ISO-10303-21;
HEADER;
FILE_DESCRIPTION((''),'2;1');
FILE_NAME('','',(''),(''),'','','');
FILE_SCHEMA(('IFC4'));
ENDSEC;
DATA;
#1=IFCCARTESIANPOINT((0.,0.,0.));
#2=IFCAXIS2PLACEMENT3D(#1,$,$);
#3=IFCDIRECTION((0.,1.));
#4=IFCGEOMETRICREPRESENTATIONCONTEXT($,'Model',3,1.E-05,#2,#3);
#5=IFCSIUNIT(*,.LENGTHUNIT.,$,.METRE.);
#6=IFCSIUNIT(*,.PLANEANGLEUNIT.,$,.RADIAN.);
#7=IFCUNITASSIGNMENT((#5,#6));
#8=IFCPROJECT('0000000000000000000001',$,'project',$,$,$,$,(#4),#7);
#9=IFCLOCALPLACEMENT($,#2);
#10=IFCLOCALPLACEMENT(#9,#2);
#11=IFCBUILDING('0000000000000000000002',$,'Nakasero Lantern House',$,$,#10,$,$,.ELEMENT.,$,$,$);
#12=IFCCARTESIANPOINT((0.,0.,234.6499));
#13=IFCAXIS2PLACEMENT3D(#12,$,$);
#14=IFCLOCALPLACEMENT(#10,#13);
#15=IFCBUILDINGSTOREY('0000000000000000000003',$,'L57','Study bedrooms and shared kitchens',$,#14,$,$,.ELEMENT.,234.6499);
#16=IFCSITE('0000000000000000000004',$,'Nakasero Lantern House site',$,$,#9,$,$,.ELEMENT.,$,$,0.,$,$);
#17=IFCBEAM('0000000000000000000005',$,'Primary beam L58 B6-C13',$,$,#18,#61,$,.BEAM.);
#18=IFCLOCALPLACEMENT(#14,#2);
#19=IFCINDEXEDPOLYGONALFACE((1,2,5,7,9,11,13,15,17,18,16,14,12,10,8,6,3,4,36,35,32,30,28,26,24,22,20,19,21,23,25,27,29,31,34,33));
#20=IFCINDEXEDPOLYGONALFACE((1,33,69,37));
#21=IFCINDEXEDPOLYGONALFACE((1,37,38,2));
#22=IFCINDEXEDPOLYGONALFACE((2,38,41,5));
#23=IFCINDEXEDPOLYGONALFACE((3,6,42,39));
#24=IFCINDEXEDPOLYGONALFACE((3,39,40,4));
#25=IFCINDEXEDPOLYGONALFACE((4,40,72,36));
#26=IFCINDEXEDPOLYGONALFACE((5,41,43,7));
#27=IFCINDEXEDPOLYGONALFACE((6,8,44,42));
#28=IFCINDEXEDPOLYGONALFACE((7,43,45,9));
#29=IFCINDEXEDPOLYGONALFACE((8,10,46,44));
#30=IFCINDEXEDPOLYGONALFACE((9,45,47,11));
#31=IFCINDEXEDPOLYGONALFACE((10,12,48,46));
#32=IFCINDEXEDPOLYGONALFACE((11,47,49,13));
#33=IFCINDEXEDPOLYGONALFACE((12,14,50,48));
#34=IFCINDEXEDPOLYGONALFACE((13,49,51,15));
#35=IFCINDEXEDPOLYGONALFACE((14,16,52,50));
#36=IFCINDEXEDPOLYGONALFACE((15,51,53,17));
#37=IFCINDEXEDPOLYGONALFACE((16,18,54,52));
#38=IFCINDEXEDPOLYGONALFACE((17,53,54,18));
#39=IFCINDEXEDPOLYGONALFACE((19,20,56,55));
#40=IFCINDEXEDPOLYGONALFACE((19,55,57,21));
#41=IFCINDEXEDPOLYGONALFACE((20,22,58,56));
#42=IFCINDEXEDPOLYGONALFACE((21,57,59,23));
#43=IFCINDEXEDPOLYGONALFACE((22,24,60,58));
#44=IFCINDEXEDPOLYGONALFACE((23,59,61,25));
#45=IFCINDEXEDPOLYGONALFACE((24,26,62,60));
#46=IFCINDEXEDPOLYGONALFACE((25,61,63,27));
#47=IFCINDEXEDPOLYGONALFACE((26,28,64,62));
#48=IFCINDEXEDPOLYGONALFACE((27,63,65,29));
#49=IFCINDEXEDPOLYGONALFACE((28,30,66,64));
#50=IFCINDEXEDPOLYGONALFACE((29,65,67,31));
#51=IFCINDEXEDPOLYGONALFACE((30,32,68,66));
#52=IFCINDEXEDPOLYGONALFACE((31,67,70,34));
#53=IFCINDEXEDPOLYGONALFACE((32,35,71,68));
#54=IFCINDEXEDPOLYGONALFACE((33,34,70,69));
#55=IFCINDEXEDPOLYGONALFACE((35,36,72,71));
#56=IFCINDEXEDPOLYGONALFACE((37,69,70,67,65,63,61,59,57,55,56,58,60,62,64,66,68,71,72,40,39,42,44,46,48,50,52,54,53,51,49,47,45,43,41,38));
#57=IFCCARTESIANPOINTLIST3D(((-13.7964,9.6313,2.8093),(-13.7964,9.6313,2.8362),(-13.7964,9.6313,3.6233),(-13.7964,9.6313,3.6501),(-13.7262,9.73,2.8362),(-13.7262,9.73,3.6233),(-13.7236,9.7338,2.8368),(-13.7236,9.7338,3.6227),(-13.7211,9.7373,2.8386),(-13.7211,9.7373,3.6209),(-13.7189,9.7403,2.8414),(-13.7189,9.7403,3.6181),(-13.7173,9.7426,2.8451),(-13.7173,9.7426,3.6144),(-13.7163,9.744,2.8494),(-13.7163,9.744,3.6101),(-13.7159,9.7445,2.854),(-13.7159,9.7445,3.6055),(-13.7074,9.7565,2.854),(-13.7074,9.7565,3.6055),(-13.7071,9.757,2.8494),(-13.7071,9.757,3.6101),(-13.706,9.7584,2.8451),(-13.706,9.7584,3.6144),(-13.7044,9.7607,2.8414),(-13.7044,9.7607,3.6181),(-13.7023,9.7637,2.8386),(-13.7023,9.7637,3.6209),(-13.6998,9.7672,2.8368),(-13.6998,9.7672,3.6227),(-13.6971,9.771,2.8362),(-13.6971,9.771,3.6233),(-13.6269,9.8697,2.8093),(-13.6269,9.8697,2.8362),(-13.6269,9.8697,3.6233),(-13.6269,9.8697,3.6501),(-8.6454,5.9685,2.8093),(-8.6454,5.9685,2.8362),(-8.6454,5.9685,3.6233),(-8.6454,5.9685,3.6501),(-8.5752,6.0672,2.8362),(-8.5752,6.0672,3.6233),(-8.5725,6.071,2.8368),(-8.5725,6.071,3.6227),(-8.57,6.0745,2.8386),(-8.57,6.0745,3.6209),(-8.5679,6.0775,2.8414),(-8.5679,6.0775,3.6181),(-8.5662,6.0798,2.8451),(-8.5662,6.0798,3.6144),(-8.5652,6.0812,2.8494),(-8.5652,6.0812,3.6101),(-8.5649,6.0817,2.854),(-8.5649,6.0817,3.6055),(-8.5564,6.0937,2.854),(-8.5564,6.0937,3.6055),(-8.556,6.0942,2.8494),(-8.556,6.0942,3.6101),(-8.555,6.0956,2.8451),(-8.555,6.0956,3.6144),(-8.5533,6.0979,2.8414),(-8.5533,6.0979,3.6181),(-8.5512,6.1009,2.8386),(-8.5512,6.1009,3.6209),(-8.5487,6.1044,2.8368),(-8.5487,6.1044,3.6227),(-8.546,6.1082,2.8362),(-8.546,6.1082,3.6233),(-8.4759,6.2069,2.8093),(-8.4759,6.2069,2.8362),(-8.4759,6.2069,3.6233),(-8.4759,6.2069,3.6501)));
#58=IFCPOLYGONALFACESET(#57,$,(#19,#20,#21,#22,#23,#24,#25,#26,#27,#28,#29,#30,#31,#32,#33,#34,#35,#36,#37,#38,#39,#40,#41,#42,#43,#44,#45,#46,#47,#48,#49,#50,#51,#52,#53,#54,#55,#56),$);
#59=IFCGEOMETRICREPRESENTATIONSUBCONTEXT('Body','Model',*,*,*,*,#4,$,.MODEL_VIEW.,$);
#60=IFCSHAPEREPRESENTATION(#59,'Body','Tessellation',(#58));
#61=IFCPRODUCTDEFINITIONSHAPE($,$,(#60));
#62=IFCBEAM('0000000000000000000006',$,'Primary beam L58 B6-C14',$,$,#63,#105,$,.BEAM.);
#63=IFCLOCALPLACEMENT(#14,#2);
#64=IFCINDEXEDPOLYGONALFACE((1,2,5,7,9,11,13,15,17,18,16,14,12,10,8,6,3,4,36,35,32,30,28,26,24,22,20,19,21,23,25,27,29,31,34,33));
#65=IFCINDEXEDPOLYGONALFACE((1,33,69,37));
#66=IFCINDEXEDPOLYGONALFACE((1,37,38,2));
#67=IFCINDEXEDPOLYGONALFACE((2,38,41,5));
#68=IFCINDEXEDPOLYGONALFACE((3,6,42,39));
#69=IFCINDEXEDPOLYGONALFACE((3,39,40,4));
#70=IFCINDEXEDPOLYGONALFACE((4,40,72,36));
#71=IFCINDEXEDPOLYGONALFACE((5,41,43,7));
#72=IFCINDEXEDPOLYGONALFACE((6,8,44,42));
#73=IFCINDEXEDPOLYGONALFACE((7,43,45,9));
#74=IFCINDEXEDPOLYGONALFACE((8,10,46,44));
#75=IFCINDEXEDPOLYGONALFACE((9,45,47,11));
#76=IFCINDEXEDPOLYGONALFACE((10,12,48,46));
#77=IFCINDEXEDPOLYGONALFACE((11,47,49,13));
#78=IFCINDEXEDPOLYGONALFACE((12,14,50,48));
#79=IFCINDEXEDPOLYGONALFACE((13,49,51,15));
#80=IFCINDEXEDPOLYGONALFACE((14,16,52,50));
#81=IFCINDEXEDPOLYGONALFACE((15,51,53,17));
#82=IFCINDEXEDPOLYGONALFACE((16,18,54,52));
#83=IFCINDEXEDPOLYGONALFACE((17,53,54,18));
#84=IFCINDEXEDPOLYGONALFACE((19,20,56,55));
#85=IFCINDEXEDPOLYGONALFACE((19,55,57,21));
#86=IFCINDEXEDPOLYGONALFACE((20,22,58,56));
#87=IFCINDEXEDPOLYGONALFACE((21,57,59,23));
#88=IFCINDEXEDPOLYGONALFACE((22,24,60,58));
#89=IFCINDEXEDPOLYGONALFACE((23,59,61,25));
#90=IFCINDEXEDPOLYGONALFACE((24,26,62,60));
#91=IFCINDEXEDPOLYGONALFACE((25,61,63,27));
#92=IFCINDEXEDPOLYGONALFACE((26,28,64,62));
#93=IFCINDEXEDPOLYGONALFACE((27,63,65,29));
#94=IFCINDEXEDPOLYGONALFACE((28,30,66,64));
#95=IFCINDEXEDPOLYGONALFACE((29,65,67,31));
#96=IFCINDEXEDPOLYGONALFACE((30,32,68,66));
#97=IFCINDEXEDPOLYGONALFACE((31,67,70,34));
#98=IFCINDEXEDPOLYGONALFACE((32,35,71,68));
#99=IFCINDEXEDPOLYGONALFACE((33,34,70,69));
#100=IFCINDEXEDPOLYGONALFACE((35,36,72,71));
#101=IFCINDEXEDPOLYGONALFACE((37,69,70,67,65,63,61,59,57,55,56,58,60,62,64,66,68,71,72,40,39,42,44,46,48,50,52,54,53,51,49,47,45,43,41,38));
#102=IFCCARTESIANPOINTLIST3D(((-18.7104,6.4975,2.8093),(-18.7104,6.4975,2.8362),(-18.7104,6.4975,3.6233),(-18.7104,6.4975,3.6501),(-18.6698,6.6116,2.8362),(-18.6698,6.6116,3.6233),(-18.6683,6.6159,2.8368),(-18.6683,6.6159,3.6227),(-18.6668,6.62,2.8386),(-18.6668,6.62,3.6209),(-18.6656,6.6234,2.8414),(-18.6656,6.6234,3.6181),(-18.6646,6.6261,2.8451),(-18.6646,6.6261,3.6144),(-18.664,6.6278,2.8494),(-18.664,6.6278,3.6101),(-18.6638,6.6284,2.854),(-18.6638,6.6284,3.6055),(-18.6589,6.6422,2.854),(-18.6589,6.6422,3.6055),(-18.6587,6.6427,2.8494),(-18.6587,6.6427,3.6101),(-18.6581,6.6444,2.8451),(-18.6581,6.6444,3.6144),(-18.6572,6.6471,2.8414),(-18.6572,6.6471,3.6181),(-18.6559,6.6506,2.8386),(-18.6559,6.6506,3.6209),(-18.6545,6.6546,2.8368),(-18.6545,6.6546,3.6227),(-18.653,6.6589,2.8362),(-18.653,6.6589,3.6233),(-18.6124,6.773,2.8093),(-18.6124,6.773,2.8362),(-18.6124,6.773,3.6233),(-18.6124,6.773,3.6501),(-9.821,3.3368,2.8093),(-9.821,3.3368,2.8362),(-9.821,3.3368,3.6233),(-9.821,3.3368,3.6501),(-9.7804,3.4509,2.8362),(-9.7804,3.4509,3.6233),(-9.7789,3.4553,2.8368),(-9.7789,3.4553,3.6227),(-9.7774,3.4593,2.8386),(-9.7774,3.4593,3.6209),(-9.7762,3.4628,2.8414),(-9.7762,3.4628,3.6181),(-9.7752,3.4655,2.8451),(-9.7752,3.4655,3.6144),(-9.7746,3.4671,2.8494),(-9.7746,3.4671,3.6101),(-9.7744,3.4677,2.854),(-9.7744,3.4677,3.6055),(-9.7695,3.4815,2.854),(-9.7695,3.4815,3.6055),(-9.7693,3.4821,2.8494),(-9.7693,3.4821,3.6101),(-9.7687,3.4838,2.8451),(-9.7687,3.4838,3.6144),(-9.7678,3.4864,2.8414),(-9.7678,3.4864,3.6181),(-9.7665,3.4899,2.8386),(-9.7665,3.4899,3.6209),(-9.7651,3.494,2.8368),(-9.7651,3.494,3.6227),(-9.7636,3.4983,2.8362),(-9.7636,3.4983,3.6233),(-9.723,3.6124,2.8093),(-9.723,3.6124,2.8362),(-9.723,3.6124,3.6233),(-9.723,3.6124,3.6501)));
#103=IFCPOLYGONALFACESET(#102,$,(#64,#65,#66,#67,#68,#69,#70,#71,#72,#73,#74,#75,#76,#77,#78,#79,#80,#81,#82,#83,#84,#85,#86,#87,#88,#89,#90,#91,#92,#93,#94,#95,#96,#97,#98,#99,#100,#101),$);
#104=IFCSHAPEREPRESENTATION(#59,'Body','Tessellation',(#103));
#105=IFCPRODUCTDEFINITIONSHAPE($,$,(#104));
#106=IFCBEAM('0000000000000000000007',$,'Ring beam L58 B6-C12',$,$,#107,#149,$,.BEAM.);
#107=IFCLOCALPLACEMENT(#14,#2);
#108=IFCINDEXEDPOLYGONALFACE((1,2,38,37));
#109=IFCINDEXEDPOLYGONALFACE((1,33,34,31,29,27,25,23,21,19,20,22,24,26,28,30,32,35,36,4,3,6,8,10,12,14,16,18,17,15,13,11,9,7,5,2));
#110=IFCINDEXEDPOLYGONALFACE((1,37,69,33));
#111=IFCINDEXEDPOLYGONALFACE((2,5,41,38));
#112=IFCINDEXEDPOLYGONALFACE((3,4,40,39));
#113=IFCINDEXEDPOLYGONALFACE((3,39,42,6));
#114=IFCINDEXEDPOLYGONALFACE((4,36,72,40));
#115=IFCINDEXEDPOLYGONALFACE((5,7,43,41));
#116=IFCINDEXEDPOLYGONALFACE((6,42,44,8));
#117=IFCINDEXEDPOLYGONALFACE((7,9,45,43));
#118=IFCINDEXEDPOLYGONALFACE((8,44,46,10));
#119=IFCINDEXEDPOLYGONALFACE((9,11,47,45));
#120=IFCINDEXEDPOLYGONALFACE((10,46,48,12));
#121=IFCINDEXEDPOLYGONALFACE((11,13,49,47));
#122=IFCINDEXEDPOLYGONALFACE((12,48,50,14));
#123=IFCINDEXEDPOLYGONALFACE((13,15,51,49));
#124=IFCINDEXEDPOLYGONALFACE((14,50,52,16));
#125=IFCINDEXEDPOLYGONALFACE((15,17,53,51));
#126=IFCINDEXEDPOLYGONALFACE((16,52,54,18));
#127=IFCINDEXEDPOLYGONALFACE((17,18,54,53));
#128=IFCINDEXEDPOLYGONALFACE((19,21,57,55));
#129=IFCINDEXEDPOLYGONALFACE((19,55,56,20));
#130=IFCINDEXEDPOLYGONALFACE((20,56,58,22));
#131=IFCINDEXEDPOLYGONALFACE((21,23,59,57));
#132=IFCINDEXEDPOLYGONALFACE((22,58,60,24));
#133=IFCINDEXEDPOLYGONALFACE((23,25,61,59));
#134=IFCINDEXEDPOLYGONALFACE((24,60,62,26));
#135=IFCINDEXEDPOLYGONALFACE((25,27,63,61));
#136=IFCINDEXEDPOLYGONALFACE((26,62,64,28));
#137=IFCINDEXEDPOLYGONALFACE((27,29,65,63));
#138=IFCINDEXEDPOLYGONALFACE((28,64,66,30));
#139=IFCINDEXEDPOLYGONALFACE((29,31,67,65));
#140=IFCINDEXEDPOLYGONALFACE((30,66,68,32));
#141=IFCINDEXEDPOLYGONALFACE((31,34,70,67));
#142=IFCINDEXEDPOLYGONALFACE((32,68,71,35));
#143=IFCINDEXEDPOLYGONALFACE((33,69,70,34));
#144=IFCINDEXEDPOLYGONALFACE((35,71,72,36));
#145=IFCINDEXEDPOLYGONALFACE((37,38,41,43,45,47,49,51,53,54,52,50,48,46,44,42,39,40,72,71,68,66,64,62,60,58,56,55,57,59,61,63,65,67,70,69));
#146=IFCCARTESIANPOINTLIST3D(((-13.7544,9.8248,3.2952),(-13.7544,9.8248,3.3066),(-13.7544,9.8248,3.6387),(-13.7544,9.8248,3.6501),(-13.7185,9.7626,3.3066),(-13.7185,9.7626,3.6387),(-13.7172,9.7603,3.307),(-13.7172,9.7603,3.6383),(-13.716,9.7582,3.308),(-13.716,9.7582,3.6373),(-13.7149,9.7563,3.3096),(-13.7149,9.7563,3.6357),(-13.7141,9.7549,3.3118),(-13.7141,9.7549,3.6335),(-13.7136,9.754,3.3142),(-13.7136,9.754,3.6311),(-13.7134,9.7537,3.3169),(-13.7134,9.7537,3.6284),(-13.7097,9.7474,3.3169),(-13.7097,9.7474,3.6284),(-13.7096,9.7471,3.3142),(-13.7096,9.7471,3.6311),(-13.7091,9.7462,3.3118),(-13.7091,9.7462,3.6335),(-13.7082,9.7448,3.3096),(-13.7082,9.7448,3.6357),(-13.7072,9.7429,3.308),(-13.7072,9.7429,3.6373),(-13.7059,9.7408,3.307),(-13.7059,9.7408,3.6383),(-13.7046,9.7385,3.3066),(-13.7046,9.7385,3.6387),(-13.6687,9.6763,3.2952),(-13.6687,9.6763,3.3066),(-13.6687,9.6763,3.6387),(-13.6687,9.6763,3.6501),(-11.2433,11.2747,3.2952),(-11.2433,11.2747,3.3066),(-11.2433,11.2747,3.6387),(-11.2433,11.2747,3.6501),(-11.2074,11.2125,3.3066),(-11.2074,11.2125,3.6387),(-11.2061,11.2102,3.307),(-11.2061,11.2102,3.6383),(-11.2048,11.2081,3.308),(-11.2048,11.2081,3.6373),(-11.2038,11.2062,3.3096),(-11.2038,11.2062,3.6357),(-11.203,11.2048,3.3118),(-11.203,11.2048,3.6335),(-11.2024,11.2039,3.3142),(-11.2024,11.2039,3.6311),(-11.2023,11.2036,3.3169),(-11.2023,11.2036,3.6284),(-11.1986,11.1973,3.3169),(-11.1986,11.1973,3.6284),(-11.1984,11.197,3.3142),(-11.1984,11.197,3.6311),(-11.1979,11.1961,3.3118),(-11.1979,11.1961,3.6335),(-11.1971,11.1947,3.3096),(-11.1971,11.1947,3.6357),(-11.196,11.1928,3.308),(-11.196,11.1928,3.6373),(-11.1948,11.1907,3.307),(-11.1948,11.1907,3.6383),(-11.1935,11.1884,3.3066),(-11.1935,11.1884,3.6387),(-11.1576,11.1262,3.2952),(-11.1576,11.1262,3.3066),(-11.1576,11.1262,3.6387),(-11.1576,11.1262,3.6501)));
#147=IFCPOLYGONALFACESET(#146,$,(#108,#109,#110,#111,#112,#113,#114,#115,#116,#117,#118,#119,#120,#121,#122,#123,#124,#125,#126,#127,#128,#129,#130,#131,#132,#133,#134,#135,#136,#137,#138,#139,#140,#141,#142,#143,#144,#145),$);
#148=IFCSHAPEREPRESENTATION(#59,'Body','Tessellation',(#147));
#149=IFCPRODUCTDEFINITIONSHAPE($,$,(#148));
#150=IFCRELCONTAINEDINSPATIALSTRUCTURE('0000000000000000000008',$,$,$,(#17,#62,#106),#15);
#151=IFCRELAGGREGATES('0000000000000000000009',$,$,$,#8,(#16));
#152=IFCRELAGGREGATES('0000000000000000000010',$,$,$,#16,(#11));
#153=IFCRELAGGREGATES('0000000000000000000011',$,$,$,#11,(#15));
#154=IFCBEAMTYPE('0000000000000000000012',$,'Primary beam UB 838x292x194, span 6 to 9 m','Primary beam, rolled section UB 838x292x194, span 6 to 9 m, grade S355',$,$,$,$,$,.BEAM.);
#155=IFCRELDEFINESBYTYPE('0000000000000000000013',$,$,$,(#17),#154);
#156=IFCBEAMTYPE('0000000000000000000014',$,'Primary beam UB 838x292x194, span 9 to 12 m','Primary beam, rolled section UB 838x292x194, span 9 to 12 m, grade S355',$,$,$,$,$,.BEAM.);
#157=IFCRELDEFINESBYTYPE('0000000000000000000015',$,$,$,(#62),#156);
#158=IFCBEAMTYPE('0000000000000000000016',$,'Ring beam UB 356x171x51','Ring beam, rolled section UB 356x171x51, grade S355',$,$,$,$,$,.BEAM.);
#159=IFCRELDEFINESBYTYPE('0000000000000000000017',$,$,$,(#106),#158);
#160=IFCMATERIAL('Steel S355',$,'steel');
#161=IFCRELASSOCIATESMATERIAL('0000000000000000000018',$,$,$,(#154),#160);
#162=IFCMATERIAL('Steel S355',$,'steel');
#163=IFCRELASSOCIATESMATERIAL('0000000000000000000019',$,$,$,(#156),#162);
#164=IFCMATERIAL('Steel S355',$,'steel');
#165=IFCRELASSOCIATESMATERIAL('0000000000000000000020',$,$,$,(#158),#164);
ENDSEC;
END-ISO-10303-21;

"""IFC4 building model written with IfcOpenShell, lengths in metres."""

from ifc_helpers import new_model, si_unit, direction, frame, origin, origin_2d, place, context, subcontext, project, spatial, i_section, extrude, material, material_profile, profile_set, type_object, element, save


model = new_model("IFC4")

# Units and contexts
model_context = context("Model", 3, precision=1e-05, world=origin(), true_north=direction((0.0, 1.0)))
body_context = subcontext(model_context, "Body", "Model", "MODEL_VIEW")
ifc_project = project(units=[si_unit("LENGTHUNIT", "METRE"), si_unit("PLANEANGLEUNIT", "RADIAN")], contexts=[model_context])

# Site, building, storey
site_placement = place(None, origin())
site = spatial("IfcSite", under=ifc_project, at=site_placement, Name="Nakasero Lantern House site", CompositionType="ELEMENT", RefElevation=0.0)
building_placement = place(site_placement, origin())
building = spatial("IfcBuilding", under=site, at=building_placement, Name="Nakasero Lantern House", CompositionType="ELEMENT")
storey_placement = place(building_placement, frame((0.0, 0.0, 234.6499)))
storey = spatial("IfcBuildingStorey", under=building, at=storey_placement, Name="L57", Description="Study bedrooms and shared kitchens", CompositionType="ELEMENT", Elevation=234.6499)

# Beams
ifc_material_1 = material(Name="Steel S355", Category="steel")
ifc_material_profile_1 = material_profile(ifc_material_1, i_section(OverallWidth=0.2925, OverallDepth=0.8408, WebThickness=0.0146, FlangeThickness=0.0269, FilletRadius=0.0178, at=origin_2d()), Name="UB 838x292x194")
ifc_profile_set_1 = profile_set([ifc_material_profile_1], Name="Steel S355")
beam_type_1 = type_object("IfcBeamType", Name="Primary beam UB 838x292x194, span 6 to 9 m", Description="Primary beam, rolled section UB 838x292x194, span 6 to 9 m, grade S355", PredefinedType="BEAM", material=ifc_profile_set_1)
beam_1_placement = place(storey_placement, frame((-13.7117, 9.7505, 3.2297), z_axis=(0.814969, -0.579505, 0.0), x_axis=(0.579505, 0.814969, 0.0)))
element("IfcBeam", 1, at=beam_1_placement, inside=storey, type_object=beam_type_1, Name="Primary beam L58 B6-C13", PredefinedType="BEAM", context=body_context, shape_type="SweptSolid", body=[
    extrude(i_section(OverallWidth=0.2925, OverallDepth=0.8408, WebThickness=0.0146, FlangeThickness=0.0269, FilletRadius=0.0178, at=origin_2d()), origin(), (0.0, 0.0, 1.0), 6.3206),
])
ifc_material_2 = material(Name="Steel S355", Category="steel")
ifc_material_profile_2 = material_profile(ifc_material_2, i_section(OverallWidth=0.2925, OverallDepth=0.8408, WebThickness=0.0146, FlangeThickness=0.0269, FilletRadius=0.0178, at=origin_2d()), Name="UB 838x292x194")
ifc_profile_set_2 = profile_set([ifc_material_profile_2], Name="Steel S355")
beam_type_2 = type_object("IfcBeamType", Name="Primary beam UB 838x292x194, span 9 to 12 m", Description="Primary beam, rolled section UB 838x292x194, span 9 to 12 m, grade S355", PredefinedType="BEAM", material=ifc_profile_set_2)
beam_2_placement = place(storey_placement, frame((-18.6614, 6.6353, 3.2297), z_axis=(0.942216, -0.335007, 0.0), x_axis=(0.335007, 0.942216, 0.0)))
element("IfcBeam", 2, at=beam_2_placement, inside=storey, type_object=beam_type_2, Name="Primary beam L58 B6-C14", PredefinedType="BEAM", context=body_context, shape_type="SweptSolid", body=[
    extrude(i_section(OverallWidth=0.2925, OverallDepth=0.8408, WebThickness=0.0146, FlangeThickness=0.0269, FilletRadius=0.0178, at=origin_2d()), origin(), (0.0, 0.0, 1.0), 9.4346),
])
ifc_material_3 = material(Name="Steel S355", Category="steel")
ifc_material_profile_3 = material_profile(ifc_material_3, i_section(OverallWidth=0.1714, OverallDepth=0.355, WebThickness=0.0073, FlangeThickness=0.0115, FilletRadius=0.0103, at=origin_2d()), Name="UB 356x171x51")
ifc_profile_set_3 = profile_set([ifc_material_profile_3], Name="Steel S355")
beam_type_3 = type_object("IfcBeamType", Name="Ring beam UB 356x171x51", Description="Ring beam, rolled section UB 356x171x51, grade S355", PredefinedType="BEAM", material=ifc_profile_set_3)
beam_3_placement = place(storey_placement, frame((-11.2004, 11.2004, 3.4727), z_axis=(-0.866012, -0.500024, 0.0), x_axis=(0.500024, -0.866012, 0.0)))
element("IfcBeam", 3, at=beam_3_placement, inside=storey, type_object=beam_type_3, Name="Ring beam L58 B6-C12", PredefinedType="BEAM", context=body_context, shape_type="SweptSolid", body=[
    extrude(i_section(OverallWidth=0.1714, OverallDepth=0.355, WebThickness=0.0073, FlangeThickness=0.0115, FilletRadius=0.0103, at=origin_2d()), origin(), (0.0, 0.0, 1.0), 2.8997),
])

save(model, "model.ifc")
